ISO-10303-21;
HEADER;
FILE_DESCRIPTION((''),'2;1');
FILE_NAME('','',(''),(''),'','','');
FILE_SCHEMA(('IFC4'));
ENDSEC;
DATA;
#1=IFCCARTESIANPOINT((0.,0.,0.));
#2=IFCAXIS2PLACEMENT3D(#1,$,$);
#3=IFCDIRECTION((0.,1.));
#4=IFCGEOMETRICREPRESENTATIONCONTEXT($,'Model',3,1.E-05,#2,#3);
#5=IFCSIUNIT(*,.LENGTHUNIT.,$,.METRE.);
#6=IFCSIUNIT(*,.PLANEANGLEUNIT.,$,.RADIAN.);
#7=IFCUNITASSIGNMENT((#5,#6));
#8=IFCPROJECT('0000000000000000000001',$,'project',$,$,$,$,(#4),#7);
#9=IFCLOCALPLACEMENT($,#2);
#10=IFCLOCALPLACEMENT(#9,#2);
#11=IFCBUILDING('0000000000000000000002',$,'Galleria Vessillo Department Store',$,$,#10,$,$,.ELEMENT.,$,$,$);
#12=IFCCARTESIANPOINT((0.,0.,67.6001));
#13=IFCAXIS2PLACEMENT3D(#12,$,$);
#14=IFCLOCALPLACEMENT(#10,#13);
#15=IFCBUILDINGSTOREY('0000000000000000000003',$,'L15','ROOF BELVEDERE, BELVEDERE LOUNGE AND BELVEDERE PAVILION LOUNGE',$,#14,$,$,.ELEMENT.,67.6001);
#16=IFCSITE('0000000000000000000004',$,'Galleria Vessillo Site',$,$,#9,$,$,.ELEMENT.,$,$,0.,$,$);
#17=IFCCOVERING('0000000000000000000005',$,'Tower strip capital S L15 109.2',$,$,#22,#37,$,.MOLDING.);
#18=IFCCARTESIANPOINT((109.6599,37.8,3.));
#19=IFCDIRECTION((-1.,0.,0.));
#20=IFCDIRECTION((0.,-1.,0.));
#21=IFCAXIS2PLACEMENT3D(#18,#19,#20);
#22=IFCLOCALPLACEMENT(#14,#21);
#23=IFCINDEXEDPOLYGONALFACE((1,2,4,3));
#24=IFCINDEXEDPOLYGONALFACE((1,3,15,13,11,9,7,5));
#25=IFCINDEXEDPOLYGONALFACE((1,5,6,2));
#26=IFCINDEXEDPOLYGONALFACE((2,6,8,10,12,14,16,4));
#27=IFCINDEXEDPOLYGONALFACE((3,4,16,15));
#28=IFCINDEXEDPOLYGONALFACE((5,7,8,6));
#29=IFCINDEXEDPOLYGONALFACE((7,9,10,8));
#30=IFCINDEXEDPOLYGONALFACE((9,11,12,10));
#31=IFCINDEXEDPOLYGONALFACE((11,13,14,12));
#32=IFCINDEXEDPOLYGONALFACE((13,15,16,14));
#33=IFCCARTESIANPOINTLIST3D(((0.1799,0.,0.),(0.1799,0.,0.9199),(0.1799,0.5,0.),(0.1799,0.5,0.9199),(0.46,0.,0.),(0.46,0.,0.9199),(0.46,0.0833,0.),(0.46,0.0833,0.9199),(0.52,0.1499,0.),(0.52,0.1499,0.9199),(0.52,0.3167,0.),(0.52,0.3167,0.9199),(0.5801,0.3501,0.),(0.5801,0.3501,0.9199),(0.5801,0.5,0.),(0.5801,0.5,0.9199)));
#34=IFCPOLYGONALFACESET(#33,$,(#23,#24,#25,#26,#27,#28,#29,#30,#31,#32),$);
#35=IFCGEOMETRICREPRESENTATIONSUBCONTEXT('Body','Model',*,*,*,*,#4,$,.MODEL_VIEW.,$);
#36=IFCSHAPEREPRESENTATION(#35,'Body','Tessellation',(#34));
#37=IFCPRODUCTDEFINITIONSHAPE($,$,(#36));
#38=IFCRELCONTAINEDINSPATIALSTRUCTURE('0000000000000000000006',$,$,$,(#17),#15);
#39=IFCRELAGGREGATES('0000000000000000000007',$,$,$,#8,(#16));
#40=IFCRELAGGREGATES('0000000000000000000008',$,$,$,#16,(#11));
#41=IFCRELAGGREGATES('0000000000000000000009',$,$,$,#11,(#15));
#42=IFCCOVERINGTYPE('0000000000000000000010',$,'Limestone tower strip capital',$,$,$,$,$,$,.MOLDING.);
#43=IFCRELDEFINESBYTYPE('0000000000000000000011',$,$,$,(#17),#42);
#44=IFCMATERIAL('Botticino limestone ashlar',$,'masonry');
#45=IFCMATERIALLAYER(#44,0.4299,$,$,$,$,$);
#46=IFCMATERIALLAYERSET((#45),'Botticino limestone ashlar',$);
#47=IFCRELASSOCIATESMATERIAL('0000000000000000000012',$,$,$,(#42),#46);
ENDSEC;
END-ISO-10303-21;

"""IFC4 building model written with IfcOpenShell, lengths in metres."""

from ifc_helpers import new_model, si_unit, direction, frame, origin, place, context, subcontext, project, spatial, polyline, outline, extrude, material, layer, layer_set, type_object, element, save


model = new_model("IFC4")

# Units and contexts
model_context = context("Model", 3, precision=1e-05, world=origin(), true_north=direction((0.0, 1.0)))
body_context = subcontext(model_context, "Body", "Model", "MODEL_VIEW")
ifc_project = project(units=[si_unit("LENGTHUNIT", "METRE"), si_unit("PLANEANGLEUNIT", "RADIAN")], contexts=[model_context])

# Site, building, storey
site_placement = place(None, origin())
site = spatial("IfcSite", under=ifc_project, at=site_placement, Name="Galleria Vessillo Site", CompositionType="ELEMENT", RefElevation=0.0)
building_placement = place(site_placement, origin())
building = spatial("IfcBuilding", under=site, at=building_placement, Name="Galleria Vessillo Department Store", CompositionType="ELEMENT")
storey_placement = place(building_placement, frame((0.0, 0.0, 67.6001)))
storey = spatial("IfcBuildingStorey", under=building, at=storey_placement, Name="L15", Description="ROOF BELVEDERE, BELVEDERE LOUNGE AND BELVEDERE PAVILION LOUNGE", CompositionType="ELEMENT", Elevation=67.6001)

# Covering
ifc_material_1 = material(Name="Botticino limestone ashlar", Category="masonry")
ifc_layer_1 = layer(ifc_material_1, 0.4299)
ifc_layer_set_1 = layer_set([ifc_layer_1], Name="Botticino limestone ashlar")
covering_type_1 = type_object("IfcCoveringType", Name="Limestone tower strip capital", PredefinedType="MOLDING", material=ifc_layer_set_1)
covering_1_placement = place(storey_placement, frame((109.6599, 37.8, 3.0), z_axis=(-1.0, 0.0, 0.0), x_axis=(0.0, -1.0, 0.0)))
element("IfcCovering", 1, at=covering_1_placement, inside=storey, type_object=covering_type_1, Name="Tower strip capital S L15 109.2", PredefinedType="MOLDING", context=body_context, shape_type="SweptSolid", body=[
    extrude(outline(polyline([(0.1799, 0.0), (0.46, 0.0), (0.46, 0.0833), (0.52, 0.1499), (0.52, 0.3167), (0.5801, 0.3501), (0.5801, 0.5), (0.1799, 0.5), (0.1799, 0.0)])), origin(), (0.0, 0.0, 1.0), 0.9199),
])

save(model, "model.ifc")
